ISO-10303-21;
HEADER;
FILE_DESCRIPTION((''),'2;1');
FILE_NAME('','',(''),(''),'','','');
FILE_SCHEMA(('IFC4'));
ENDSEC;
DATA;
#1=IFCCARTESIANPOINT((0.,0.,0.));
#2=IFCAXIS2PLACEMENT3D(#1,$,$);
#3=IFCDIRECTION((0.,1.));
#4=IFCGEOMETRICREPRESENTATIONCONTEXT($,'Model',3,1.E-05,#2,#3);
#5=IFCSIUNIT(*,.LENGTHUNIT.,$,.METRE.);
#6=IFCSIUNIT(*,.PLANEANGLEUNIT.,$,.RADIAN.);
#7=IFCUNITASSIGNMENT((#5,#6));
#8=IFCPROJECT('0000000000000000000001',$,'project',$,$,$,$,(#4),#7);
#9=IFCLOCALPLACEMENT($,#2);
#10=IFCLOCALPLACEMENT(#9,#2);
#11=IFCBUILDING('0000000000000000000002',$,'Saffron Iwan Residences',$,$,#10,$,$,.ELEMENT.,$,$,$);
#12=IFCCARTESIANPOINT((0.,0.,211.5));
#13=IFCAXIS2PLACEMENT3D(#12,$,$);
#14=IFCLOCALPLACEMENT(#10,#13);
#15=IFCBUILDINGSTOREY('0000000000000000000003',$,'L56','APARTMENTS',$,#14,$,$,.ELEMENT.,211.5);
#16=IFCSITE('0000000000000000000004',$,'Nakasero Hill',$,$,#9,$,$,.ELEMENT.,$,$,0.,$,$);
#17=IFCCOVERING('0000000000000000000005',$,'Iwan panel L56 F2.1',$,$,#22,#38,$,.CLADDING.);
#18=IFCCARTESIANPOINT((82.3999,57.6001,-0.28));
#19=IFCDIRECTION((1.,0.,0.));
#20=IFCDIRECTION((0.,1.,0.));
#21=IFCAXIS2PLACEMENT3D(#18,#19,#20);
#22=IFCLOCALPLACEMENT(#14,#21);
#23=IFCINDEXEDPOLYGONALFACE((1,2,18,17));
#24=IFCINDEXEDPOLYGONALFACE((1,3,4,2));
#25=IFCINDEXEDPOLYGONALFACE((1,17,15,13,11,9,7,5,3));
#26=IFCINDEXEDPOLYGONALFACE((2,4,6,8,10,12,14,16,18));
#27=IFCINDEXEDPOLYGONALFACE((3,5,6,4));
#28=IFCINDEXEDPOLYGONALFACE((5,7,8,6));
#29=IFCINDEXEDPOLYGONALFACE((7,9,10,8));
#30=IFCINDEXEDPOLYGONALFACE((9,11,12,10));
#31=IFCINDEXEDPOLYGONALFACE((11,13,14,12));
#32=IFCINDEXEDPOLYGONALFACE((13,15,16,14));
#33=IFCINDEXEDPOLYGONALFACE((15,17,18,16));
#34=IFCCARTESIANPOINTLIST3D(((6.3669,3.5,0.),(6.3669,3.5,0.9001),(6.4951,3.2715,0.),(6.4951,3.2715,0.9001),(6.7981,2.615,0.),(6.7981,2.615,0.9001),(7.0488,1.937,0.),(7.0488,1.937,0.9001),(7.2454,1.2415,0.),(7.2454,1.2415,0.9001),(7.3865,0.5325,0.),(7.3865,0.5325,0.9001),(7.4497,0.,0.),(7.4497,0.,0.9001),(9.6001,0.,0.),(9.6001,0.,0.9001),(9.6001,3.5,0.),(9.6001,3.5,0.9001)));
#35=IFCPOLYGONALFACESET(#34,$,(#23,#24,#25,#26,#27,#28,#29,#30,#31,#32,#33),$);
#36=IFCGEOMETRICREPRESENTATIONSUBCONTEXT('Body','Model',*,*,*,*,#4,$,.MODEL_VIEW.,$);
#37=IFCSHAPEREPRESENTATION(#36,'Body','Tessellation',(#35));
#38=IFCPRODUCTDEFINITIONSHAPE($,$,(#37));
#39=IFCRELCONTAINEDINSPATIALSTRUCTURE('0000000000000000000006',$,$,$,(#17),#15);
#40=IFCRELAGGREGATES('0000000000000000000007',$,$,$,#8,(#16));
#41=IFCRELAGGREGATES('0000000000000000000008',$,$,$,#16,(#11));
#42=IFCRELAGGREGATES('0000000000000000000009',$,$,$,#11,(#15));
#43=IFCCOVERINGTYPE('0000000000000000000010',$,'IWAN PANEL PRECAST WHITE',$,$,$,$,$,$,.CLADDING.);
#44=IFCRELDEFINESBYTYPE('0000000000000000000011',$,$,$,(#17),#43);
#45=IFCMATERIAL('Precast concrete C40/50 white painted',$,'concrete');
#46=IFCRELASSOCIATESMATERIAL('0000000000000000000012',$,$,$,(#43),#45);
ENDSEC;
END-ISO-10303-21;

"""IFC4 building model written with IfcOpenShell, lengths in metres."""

from ifc_helpers import new_model, si_unit, direction, frame, origin, place, context, subcontext, project, spatial, polyline, outline, extrude, material, type_object, element, save


model = new_model("IFC4")

# Units and contexts
model_context = context("Model", 3, precision=1e-05, world=origin(), true_north=direction((0.0, 1.0)))
body_context = subcontext(model_context, "Body", "Model", "MODEL_VIEW")
ifc_project = project(units=[si_unit("LENGTHUNIT", "METRE"), si_unit("PLANEANGLEUNIT", "RADIAN")], contexts=[model_context])

# Site, building, storey
site_placement = place(None, origin())
site = spatial("IfcSite", under=ifc_project, at=site_placement, Name="Nakasero Hill", CompositionType="ELEMENT", RefElevation=0.0)
building_placement = place(site_placement, origin())
building = spatial("IfcBuilding", under=site, at=building_placement, Name="Saffron Iwan Residences", CompositionType="ELEMENT")
storey_placement = place(building_placement, frame((0.0, 0.0, 211.5)))
storey = spatial("IfcBuildingStorey", under=building, at=storey_placement, Name="L56", Description="APARTMENTS", CompositionType="ELEMENT", Elevation=211.5)

# Covering
ifc_material_1 = material(Name="Precast concrete C40/50 white painted", Category="concrete")
covering_type_1 = type_object("IfcCoveringType", Name="IWAN PANEL PRECAST WHITE", PredefinedType="CLADDING", material=ifc_material_1)
covering_1_placement = place(storey_placement, frame((82.3999, 57.6001, -0.28), z_axis=(1.0, 0.0, 0.0), x_axis=(0.0, 1.0, 0.0)))
element("IfcCovering", 1, at=covering_1_placement, inside=storey, type_object=covering_type_1, Name="Iwan panel L56 F2.1", PredefinedType="CLADDING", context=body_context, shape_type="SweptSolid", body=[
    extrude(outline(polyline([(9.6001, 3.5), (9.6001, 0.0), (7.4497, 0.0), (7.3865, 0.5325), (7.2454, 1.2415), (7.0488, 1.937), (6.7981, 2.615), (6.4951, 3.2715), (6.3669, 3.5), (9.6001, 3.5)])), origin(), (0.0, 0.0, 1.0), 0.9001),
])

save(model, "model.ifc")
